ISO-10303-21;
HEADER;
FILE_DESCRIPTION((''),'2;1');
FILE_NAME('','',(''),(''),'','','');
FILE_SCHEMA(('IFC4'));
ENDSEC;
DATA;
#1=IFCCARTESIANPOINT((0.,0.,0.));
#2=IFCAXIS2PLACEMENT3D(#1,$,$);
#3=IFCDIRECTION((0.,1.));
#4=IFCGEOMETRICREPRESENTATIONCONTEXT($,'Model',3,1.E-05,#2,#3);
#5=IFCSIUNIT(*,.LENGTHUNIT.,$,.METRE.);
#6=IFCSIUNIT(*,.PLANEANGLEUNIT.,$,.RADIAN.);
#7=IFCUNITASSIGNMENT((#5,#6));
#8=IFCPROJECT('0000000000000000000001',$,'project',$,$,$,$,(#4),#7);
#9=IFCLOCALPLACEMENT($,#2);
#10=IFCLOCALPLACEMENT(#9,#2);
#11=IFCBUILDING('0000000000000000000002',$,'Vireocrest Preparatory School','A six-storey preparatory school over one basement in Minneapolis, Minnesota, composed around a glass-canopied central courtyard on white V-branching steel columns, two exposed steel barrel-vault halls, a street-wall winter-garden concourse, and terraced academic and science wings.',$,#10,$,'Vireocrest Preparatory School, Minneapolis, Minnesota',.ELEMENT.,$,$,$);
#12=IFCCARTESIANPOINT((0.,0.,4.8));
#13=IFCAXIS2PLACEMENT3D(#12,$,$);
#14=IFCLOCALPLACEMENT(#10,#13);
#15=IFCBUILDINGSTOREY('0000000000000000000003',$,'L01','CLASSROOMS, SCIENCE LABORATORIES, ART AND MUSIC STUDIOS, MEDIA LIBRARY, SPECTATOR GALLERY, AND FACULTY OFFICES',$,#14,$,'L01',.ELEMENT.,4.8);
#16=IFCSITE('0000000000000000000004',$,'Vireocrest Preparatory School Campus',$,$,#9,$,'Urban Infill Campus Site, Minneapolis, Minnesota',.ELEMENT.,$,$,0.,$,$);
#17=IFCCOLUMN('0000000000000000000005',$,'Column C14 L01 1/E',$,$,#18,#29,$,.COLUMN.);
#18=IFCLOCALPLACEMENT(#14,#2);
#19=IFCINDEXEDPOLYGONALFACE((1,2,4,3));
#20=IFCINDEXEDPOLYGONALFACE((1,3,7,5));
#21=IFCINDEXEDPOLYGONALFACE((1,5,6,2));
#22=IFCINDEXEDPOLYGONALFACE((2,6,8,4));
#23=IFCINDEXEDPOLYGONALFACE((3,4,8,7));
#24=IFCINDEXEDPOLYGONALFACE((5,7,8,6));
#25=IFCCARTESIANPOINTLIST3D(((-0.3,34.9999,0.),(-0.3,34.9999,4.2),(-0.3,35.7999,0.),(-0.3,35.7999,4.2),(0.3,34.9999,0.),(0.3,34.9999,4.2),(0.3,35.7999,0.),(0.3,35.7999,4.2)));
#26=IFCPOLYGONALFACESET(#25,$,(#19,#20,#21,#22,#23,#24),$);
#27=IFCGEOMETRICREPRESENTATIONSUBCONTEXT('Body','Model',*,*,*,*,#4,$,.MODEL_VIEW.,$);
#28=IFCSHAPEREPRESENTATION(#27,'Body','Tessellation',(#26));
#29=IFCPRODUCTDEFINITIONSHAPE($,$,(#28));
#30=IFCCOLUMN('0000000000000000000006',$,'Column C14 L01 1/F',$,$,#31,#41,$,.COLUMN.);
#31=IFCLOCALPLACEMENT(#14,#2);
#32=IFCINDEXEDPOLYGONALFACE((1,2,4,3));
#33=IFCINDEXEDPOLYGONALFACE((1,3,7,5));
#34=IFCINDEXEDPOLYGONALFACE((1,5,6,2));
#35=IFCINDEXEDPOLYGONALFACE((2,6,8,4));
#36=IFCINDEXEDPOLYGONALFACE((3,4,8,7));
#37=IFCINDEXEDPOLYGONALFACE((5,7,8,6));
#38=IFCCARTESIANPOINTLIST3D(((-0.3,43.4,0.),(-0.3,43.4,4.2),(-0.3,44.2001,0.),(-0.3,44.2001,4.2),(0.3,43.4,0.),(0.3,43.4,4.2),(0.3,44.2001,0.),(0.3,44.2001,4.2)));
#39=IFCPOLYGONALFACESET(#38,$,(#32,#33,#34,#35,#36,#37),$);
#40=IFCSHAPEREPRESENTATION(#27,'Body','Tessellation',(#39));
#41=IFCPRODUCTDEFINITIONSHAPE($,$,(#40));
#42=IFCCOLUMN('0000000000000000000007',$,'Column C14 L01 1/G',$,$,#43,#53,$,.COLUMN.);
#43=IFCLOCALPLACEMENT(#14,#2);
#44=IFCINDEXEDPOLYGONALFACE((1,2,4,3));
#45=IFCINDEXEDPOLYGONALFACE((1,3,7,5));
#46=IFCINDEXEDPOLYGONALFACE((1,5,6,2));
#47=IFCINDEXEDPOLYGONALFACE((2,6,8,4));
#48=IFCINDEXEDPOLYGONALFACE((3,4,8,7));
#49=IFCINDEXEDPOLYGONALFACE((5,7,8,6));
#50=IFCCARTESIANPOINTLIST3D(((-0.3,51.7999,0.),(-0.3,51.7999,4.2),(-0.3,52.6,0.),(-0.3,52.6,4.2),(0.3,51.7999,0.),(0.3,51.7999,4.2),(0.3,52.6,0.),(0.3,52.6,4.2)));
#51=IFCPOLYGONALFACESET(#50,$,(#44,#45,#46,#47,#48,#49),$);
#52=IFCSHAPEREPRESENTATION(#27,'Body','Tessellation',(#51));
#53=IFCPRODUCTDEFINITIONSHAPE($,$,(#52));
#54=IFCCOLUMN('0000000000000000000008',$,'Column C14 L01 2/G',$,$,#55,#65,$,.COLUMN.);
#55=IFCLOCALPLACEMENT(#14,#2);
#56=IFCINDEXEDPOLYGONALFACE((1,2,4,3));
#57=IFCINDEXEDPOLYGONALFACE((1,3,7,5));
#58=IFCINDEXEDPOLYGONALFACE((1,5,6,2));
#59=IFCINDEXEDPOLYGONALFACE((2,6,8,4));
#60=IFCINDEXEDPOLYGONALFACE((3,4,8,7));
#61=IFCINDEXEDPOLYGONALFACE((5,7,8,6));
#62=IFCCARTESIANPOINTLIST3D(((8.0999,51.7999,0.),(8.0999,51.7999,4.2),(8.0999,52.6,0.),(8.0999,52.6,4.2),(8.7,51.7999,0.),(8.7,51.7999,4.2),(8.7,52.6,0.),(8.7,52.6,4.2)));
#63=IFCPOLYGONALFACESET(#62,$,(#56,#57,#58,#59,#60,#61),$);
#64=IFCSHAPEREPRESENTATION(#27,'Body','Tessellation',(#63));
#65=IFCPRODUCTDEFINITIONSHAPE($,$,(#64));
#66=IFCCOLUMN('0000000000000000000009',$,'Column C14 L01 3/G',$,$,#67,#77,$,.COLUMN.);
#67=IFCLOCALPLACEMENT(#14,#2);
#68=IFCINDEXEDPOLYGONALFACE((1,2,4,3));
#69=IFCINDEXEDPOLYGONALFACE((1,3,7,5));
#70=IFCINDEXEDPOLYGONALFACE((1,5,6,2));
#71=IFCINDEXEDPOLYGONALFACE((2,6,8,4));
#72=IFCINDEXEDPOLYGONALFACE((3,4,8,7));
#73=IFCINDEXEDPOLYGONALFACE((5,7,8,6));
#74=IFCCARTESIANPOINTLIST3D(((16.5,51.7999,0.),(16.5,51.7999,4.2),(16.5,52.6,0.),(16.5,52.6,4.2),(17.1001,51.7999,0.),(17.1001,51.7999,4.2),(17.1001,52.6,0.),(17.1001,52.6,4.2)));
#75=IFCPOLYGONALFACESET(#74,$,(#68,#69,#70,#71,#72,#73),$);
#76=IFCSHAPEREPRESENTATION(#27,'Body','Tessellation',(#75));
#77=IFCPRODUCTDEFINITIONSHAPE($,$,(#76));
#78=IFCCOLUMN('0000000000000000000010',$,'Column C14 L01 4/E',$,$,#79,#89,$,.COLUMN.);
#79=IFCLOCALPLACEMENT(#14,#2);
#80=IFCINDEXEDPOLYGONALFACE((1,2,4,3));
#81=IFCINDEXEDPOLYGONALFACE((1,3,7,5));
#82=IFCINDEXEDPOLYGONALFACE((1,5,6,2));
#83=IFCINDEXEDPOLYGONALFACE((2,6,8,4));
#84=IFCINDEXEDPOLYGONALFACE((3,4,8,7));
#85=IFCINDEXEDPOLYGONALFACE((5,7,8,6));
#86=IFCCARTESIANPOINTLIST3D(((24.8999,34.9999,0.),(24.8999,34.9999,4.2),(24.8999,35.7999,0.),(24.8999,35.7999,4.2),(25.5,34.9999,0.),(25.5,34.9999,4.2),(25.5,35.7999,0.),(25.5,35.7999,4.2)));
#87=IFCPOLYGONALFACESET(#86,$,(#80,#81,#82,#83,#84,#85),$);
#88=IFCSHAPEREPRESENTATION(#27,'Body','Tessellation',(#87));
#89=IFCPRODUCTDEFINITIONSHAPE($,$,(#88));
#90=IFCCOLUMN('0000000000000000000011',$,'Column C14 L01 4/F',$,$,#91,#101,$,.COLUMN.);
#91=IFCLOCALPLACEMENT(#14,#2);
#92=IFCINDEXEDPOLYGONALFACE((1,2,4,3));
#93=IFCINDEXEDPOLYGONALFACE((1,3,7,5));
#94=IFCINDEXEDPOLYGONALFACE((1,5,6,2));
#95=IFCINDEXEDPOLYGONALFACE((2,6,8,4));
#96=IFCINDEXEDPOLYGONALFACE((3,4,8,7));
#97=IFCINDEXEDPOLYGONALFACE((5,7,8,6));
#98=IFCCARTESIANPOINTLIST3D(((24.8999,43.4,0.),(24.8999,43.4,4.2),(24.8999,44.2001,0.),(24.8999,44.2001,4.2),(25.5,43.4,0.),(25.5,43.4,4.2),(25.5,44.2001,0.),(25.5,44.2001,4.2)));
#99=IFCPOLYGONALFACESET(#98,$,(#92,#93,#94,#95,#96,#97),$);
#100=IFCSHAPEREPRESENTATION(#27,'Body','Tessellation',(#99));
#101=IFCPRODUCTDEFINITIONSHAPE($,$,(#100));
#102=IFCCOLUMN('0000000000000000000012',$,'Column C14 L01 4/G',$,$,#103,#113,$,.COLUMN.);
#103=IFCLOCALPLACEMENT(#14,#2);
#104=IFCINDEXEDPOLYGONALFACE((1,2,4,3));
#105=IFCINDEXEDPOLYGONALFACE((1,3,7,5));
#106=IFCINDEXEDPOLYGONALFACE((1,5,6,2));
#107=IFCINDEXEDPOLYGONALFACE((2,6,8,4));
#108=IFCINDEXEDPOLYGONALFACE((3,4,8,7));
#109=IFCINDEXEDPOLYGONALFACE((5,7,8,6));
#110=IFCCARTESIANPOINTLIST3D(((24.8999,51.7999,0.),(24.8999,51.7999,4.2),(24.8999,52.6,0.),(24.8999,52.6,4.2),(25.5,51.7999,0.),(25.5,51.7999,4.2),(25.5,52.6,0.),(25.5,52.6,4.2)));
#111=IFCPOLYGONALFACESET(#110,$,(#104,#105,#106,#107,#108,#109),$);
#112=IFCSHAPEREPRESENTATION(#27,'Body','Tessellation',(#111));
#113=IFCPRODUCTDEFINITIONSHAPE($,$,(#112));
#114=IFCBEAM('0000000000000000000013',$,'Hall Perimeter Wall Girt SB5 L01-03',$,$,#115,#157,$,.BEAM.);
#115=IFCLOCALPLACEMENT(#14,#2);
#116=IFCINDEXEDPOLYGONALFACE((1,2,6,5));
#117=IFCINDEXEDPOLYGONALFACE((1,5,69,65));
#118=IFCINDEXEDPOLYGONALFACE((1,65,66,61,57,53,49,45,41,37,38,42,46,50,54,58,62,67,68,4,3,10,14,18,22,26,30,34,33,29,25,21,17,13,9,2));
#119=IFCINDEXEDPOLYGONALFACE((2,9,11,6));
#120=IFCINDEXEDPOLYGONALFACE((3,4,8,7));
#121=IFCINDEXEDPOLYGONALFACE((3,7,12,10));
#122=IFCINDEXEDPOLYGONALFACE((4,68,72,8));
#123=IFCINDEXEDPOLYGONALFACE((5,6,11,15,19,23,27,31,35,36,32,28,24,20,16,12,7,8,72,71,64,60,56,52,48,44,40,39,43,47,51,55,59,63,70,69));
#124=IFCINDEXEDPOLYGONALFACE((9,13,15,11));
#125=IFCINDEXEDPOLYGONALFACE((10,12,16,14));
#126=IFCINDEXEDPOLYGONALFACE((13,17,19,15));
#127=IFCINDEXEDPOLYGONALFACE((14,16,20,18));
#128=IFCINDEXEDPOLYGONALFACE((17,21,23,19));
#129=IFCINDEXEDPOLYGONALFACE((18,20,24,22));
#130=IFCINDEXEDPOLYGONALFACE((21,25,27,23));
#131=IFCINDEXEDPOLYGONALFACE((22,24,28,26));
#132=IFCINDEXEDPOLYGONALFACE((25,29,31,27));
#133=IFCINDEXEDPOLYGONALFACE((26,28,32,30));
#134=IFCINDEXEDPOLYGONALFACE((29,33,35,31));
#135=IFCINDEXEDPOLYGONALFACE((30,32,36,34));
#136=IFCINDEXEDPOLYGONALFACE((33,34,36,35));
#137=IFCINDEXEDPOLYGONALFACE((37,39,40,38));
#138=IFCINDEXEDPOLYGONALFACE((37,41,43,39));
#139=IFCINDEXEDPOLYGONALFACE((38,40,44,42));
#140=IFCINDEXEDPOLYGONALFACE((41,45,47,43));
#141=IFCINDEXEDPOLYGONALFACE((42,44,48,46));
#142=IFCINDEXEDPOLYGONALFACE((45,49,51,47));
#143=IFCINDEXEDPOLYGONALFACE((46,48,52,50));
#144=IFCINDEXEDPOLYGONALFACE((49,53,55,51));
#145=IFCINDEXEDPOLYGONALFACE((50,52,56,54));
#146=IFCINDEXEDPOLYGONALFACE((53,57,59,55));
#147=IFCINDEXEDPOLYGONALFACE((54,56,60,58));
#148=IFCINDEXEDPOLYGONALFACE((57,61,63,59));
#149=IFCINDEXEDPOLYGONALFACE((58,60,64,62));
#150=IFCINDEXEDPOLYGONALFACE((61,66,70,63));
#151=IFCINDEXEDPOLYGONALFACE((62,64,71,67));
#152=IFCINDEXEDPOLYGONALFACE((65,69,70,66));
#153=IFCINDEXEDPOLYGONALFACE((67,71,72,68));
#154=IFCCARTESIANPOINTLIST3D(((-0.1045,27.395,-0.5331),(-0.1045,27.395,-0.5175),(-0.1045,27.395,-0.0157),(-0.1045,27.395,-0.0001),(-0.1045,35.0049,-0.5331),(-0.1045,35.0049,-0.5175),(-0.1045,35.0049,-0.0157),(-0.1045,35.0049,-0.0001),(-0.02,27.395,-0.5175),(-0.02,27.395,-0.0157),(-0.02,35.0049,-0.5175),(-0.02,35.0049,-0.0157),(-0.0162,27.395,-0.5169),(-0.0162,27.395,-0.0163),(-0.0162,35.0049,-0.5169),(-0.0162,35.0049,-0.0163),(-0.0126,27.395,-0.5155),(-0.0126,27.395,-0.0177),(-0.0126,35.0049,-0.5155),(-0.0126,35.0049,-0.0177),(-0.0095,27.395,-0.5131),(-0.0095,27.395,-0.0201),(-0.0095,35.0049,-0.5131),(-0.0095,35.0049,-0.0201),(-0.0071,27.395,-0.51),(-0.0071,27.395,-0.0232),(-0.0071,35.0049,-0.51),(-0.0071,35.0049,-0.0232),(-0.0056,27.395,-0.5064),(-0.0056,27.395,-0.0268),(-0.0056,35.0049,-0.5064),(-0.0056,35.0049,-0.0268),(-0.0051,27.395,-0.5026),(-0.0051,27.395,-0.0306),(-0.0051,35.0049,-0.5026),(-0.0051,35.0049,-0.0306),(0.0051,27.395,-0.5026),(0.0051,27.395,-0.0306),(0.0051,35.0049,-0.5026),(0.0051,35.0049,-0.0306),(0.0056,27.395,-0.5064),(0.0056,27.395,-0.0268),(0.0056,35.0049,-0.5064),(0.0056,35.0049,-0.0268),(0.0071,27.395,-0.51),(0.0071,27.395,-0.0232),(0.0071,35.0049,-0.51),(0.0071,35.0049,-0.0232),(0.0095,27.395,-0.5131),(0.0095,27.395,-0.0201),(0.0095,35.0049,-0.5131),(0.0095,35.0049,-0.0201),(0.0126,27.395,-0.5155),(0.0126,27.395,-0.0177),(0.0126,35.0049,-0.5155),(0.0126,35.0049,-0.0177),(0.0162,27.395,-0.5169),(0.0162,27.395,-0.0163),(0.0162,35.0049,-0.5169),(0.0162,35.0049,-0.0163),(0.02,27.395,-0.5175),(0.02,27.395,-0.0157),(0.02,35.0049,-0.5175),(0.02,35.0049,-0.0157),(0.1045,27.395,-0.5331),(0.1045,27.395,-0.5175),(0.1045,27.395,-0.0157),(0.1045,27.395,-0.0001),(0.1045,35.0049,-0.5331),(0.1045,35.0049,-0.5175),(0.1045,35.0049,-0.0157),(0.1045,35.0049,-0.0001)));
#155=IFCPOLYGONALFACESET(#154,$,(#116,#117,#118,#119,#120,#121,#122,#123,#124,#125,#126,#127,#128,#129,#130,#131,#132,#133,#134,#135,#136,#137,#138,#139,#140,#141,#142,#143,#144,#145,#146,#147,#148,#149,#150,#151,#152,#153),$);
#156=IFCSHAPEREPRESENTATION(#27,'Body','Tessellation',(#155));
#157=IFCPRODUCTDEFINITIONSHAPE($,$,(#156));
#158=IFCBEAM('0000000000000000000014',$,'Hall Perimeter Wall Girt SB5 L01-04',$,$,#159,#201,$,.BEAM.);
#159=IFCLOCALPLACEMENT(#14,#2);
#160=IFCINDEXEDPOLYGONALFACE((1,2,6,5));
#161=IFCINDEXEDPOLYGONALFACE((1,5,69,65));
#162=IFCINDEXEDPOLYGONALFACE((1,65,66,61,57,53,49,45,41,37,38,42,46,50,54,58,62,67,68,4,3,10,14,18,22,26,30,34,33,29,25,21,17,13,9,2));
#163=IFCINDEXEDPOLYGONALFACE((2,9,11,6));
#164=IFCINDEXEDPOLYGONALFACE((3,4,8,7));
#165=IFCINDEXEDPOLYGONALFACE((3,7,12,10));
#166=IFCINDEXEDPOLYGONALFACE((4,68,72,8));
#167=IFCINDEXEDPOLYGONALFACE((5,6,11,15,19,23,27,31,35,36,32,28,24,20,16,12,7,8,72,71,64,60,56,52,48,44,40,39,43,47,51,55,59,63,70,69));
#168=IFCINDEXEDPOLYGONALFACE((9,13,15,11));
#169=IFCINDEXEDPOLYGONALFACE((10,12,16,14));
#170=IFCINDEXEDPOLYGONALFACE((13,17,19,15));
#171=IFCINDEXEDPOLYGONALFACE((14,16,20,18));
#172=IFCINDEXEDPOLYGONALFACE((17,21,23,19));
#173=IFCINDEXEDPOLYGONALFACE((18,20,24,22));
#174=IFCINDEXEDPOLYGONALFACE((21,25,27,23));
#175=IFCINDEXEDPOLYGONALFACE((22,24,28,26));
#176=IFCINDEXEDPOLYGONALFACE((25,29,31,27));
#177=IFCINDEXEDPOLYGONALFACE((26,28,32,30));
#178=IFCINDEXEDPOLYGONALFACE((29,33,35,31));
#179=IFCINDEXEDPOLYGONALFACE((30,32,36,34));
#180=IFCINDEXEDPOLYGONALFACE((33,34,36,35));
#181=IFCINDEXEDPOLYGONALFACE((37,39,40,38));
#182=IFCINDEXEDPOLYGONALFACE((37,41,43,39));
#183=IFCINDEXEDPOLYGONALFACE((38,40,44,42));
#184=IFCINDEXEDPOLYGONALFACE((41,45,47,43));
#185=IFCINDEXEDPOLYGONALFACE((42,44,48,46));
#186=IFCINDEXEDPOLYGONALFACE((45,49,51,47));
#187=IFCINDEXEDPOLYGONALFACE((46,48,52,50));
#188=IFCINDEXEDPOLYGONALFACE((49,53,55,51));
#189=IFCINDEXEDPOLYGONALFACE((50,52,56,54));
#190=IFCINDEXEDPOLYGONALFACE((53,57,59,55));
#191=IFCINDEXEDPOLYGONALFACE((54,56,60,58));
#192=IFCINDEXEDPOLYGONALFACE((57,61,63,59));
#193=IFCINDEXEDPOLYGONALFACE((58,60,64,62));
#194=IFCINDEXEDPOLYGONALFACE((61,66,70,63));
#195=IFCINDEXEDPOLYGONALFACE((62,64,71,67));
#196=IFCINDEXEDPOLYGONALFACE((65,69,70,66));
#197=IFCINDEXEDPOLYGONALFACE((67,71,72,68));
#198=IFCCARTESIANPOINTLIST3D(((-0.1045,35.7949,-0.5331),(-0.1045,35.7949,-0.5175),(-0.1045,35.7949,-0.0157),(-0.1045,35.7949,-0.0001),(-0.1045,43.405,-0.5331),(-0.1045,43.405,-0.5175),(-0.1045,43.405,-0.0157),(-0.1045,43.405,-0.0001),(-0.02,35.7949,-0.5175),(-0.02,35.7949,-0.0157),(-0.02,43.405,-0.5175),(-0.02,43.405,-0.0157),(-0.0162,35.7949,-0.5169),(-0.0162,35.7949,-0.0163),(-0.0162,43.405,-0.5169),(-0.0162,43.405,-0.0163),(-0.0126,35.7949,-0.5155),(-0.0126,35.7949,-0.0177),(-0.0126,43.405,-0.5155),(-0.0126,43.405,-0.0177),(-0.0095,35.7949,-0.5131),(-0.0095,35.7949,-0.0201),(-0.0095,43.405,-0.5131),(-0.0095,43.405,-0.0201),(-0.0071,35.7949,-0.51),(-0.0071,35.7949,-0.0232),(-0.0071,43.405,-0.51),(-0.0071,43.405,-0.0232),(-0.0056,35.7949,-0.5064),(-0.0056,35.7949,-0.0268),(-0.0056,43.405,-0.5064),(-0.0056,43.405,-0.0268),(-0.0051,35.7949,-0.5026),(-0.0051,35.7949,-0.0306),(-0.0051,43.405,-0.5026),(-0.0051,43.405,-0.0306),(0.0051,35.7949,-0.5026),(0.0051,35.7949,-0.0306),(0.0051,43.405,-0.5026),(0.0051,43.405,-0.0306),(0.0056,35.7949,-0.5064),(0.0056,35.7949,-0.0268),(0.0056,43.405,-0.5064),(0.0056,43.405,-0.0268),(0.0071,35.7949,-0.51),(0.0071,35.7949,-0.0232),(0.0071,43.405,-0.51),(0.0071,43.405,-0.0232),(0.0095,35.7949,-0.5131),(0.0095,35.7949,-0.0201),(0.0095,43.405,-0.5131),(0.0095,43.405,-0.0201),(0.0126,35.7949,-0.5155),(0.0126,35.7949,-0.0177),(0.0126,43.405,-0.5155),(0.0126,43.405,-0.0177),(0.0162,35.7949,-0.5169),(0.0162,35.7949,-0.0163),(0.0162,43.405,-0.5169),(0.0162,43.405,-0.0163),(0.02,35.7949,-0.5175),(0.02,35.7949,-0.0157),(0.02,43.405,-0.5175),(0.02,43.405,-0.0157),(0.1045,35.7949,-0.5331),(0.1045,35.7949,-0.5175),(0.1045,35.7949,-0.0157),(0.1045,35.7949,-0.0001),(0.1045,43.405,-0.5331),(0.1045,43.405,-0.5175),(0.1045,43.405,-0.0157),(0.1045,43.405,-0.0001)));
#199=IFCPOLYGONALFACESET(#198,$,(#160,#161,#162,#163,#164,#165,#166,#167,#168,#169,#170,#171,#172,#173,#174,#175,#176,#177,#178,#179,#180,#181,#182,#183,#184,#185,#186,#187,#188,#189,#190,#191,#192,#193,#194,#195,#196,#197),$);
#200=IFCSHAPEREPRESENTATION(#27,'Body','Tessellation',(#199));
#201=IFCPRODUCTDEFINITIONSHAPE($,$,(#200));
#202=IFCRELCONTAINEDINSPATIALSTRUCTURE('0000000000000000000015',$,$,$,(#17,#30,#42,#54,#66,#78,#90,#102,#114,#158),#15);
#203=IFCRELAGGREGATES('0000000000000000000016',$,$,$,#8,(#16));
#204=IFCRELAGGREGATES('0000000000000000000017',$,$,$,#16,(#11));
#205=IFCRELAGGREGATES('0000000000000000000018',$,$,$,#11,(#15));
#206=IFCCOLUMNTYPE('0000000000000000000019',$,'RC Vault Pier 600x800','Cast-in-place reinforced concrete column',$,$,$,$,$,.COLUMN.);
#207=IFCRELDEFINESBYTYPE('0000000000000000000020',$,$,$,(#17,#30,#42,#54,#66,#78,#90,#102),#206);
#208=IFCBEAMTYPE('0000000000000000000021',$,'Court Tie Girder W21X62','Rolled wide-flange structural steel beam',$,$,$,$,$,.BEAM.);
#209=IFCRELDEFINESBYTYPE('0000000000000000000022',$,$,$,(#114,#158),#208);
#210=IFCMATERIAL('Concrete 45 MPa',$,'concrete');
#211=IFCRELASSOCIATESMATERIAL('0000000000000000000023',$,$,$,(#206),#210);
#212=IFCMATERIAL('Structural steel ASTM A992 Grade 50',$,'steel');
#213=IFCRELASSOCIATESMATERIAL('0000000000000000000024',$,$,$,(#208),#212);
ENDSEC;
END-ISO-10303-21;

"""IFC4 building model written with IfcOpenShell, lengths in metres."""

from ifc_helpers import new_model, si_unit, direction, frame, origin, origin_2d, place, context, subcontext, project, spatial, rectangle, i_section, extrude, material, material_profile, profile_set, type_object, element, save


model = new_model("IFC4")

# Units and contexts
model_context = context("Model", 3, precision=1e-05, world=origin(), true_north=direction((0.0, 1.0)))
body_context = subcontext(model_context, "Body", "Model", "MODEL_VIEW")
ifc_project = project(units=[si_unit("LENGTHUNIT", "METRE"), si_unit("PLANEANGLEUNIT", "RADIAN")], contexts=[model_context])

# Site, building, storey
site_placement = place(None, origin())
site = spatial("IfcSite", under=ifc_project, at=site_placement, Name="Vireocrest Preparatory School Campus", LongName="Urban Infill Campus Site, Minneapolis, Minnesota", CompositionType="ELEMENT", RefElevation=0.0)
building_placement = place(site_placement, origin())
building = spatial("IfcBuilding", under=site, at=building_placement, Name="Vireocrest Preparatory School", Description="A six-storey preparatory school over one basement in Minneapolis, Minnesota, composed around a glass-canopied central courtyard on white V-branching steel columns, two exposed steel barrel-vault halls, a street-wall winter-garden concourse, and terraced academic and science wings.", LongName="Vireocrest Preparatory School, Minneapolis, Minnesota", CompositionType="ELEMENT")
storey_placement = place(building_placement, frame((0.0, 0.0, 4.8)))
storey = spatial("IfcBuildingStorey", under=building, at=storey_placement, Name="L01", Description="CLASSROOMS, SCIENCE LABORATORIES, ART AND MUSIC STUDIOS, MEDIA LIBRARY, SPECTATOR GALLERY, AND FACULTY OFFICES", LongName="L01", CompositionType="ELEMENT", Elevation=4.8)

# Columns
ifc_material_1 = material(Name="Concrete 45 MPa", Category="concrete")
ifc_material_profile_1 = material_profile(ifc_material_1, rectangle(XDim=0.6001, YDim=0.8, at=origin_2d()), Name="RC 600x800")
ifc_profile_set_1 = profile_set([ifc_material_profile_1], Name="Concrete 45 MPa")
column_type = type_object("IfcColumnType", Name="RC Vault Pier 600x800", Description="Cast-in-place reinforced concrete column", PredefinedType="COLUMN", material=ifc_profile_set_1)
for number, where, z_axis, x_axis, name in (
    (1, (0.0, 35.3999, 0.0), (0.0, 0.0, 1.0), (1.0, 0.0, 0.0), "Column C14 L01 1/E"),
    (2, (0.0, 43.8, 0.0), (0.0, 0.0, 1.0), (1.0, 0.0, 0.0), "Column C14 L01 1/F"),
    (3, (0.0, 52.2, 0.0), (0.0, 0.0, 1.0), (1.0, 0.0, 0.0), "Column C14 L01 1/G"),
    (4, (8.3999, 52.2, 0.0), (0.0, 0.0, 1.0), (1.0, 0.0, 0.0), "Column C14 L01 2/G"),
    (5, (16.8, 52.2, 0.0), (0.0, 0.0, 1.0), (1.0, 0.0, 0.0), "Column C14 L01 3/G"),
    (6, (25.2, 35.3999, 0.0), (0.0, 0.0, 1.0), (1.0, 0.0, 0.0), "Column C14 L01 4/E"),
    (7, (25.2, 43.8, 0.0), (0.0, 0.0, 1.0), (1.0, 0.0, 0.0), "Column C14 L01 4/F"),
    (8, (25.2, 52.2, 0.0), (0.0, 0.0, 1.0), (1.0, 0.0, 0.0), "Column C14 L01 4/G"),
):
    element("IfcColumn", number, at=place(storey_placement, frame(where, z_axis=z_axis, x_axis=x_axis)), inside=storey, type_object=column_type, Name=name, PredefinedType="COLUMN", context=body_context, shape_type="SweptSolid", body=[
        extrude(rectangle(XDim=0.6001, YDim=0.8, at=origin_2d()), origin(), (0.0, 0.0, 1.0), 4.2),
    ])

# Beams
ifc_material_2 = material(Name="Structural steel ASTM A992 Grade 50", Category="steel")
ifc_material_profile_2 = material_profile(ifc_material_2, i_section(OverallWidth=0.209, OverallDepth=0.533, WebThickness=0.0103, FlangeThickness=0.0156, FilletRadius=0.0149, at=origin_2d()), Name="W21X62")
ifc_profile_set_2 = profile_set([ifc_material_profile_2], Name="Structural steel ASTM A992 Grade 50")
beam_type_1 = type_object("IfcBeamType", Name="Court Tie Girder W21X62", Description="Rolled wide-flange structural steel beam", PredefinedType="BEAM", material=ifc_profile_set_2)
beam_1_placement = place(storey_placement, frame((0.0, 27.395, -0.2666), z_axis=(0.0, 1.0, 0.0), x_axis=(-1.0, 0.0, 0.0)))
element("IfcBeam", 9, at=beam_1_placement, inside=storey, type_object=beam_type_1, Name="Hall Perimeter Wall Girt SB5 L01-03", PredefinedType="BEAM", context=body_context, shape_type="SweptSolid", body=[
    extrude(i_section(OverallWidth=0.209, OverallDepth=0.533, WebThickness=0.0103, FlangeThickness=0.0156, FilletRadius=0.0149, at=origin_2d()), origin(), (0.0, 0.0, 1.0), 7.6099),
])
beam_2_placement = place(storey_placement, frame((0.0, 35.7949, -0.2666), z_axis=(0.0, 1.0, 0.0), x_axis=(-1.0, 0.0, 0.0)))
element("IfcBeam", 10, at=beam_2_placement, inside=storey, type_object=beam_type_1, Name="Hall Perimeter Wall Girt SB5 L01-04", PredefinedType="BEAM", context=body_context, shape_type="SweptSolid", body=[
    extrude(i_section(OverallWidth=0.209, OverallDepth=0.533, WebThickness=0.0103, FlangeThickness=0.0156, FilletRadius=0.0149, at=origin_2d()), origin(), (0.0, 0.0, 1.0), 7.6101),
])

save(model, "model.ifc")
